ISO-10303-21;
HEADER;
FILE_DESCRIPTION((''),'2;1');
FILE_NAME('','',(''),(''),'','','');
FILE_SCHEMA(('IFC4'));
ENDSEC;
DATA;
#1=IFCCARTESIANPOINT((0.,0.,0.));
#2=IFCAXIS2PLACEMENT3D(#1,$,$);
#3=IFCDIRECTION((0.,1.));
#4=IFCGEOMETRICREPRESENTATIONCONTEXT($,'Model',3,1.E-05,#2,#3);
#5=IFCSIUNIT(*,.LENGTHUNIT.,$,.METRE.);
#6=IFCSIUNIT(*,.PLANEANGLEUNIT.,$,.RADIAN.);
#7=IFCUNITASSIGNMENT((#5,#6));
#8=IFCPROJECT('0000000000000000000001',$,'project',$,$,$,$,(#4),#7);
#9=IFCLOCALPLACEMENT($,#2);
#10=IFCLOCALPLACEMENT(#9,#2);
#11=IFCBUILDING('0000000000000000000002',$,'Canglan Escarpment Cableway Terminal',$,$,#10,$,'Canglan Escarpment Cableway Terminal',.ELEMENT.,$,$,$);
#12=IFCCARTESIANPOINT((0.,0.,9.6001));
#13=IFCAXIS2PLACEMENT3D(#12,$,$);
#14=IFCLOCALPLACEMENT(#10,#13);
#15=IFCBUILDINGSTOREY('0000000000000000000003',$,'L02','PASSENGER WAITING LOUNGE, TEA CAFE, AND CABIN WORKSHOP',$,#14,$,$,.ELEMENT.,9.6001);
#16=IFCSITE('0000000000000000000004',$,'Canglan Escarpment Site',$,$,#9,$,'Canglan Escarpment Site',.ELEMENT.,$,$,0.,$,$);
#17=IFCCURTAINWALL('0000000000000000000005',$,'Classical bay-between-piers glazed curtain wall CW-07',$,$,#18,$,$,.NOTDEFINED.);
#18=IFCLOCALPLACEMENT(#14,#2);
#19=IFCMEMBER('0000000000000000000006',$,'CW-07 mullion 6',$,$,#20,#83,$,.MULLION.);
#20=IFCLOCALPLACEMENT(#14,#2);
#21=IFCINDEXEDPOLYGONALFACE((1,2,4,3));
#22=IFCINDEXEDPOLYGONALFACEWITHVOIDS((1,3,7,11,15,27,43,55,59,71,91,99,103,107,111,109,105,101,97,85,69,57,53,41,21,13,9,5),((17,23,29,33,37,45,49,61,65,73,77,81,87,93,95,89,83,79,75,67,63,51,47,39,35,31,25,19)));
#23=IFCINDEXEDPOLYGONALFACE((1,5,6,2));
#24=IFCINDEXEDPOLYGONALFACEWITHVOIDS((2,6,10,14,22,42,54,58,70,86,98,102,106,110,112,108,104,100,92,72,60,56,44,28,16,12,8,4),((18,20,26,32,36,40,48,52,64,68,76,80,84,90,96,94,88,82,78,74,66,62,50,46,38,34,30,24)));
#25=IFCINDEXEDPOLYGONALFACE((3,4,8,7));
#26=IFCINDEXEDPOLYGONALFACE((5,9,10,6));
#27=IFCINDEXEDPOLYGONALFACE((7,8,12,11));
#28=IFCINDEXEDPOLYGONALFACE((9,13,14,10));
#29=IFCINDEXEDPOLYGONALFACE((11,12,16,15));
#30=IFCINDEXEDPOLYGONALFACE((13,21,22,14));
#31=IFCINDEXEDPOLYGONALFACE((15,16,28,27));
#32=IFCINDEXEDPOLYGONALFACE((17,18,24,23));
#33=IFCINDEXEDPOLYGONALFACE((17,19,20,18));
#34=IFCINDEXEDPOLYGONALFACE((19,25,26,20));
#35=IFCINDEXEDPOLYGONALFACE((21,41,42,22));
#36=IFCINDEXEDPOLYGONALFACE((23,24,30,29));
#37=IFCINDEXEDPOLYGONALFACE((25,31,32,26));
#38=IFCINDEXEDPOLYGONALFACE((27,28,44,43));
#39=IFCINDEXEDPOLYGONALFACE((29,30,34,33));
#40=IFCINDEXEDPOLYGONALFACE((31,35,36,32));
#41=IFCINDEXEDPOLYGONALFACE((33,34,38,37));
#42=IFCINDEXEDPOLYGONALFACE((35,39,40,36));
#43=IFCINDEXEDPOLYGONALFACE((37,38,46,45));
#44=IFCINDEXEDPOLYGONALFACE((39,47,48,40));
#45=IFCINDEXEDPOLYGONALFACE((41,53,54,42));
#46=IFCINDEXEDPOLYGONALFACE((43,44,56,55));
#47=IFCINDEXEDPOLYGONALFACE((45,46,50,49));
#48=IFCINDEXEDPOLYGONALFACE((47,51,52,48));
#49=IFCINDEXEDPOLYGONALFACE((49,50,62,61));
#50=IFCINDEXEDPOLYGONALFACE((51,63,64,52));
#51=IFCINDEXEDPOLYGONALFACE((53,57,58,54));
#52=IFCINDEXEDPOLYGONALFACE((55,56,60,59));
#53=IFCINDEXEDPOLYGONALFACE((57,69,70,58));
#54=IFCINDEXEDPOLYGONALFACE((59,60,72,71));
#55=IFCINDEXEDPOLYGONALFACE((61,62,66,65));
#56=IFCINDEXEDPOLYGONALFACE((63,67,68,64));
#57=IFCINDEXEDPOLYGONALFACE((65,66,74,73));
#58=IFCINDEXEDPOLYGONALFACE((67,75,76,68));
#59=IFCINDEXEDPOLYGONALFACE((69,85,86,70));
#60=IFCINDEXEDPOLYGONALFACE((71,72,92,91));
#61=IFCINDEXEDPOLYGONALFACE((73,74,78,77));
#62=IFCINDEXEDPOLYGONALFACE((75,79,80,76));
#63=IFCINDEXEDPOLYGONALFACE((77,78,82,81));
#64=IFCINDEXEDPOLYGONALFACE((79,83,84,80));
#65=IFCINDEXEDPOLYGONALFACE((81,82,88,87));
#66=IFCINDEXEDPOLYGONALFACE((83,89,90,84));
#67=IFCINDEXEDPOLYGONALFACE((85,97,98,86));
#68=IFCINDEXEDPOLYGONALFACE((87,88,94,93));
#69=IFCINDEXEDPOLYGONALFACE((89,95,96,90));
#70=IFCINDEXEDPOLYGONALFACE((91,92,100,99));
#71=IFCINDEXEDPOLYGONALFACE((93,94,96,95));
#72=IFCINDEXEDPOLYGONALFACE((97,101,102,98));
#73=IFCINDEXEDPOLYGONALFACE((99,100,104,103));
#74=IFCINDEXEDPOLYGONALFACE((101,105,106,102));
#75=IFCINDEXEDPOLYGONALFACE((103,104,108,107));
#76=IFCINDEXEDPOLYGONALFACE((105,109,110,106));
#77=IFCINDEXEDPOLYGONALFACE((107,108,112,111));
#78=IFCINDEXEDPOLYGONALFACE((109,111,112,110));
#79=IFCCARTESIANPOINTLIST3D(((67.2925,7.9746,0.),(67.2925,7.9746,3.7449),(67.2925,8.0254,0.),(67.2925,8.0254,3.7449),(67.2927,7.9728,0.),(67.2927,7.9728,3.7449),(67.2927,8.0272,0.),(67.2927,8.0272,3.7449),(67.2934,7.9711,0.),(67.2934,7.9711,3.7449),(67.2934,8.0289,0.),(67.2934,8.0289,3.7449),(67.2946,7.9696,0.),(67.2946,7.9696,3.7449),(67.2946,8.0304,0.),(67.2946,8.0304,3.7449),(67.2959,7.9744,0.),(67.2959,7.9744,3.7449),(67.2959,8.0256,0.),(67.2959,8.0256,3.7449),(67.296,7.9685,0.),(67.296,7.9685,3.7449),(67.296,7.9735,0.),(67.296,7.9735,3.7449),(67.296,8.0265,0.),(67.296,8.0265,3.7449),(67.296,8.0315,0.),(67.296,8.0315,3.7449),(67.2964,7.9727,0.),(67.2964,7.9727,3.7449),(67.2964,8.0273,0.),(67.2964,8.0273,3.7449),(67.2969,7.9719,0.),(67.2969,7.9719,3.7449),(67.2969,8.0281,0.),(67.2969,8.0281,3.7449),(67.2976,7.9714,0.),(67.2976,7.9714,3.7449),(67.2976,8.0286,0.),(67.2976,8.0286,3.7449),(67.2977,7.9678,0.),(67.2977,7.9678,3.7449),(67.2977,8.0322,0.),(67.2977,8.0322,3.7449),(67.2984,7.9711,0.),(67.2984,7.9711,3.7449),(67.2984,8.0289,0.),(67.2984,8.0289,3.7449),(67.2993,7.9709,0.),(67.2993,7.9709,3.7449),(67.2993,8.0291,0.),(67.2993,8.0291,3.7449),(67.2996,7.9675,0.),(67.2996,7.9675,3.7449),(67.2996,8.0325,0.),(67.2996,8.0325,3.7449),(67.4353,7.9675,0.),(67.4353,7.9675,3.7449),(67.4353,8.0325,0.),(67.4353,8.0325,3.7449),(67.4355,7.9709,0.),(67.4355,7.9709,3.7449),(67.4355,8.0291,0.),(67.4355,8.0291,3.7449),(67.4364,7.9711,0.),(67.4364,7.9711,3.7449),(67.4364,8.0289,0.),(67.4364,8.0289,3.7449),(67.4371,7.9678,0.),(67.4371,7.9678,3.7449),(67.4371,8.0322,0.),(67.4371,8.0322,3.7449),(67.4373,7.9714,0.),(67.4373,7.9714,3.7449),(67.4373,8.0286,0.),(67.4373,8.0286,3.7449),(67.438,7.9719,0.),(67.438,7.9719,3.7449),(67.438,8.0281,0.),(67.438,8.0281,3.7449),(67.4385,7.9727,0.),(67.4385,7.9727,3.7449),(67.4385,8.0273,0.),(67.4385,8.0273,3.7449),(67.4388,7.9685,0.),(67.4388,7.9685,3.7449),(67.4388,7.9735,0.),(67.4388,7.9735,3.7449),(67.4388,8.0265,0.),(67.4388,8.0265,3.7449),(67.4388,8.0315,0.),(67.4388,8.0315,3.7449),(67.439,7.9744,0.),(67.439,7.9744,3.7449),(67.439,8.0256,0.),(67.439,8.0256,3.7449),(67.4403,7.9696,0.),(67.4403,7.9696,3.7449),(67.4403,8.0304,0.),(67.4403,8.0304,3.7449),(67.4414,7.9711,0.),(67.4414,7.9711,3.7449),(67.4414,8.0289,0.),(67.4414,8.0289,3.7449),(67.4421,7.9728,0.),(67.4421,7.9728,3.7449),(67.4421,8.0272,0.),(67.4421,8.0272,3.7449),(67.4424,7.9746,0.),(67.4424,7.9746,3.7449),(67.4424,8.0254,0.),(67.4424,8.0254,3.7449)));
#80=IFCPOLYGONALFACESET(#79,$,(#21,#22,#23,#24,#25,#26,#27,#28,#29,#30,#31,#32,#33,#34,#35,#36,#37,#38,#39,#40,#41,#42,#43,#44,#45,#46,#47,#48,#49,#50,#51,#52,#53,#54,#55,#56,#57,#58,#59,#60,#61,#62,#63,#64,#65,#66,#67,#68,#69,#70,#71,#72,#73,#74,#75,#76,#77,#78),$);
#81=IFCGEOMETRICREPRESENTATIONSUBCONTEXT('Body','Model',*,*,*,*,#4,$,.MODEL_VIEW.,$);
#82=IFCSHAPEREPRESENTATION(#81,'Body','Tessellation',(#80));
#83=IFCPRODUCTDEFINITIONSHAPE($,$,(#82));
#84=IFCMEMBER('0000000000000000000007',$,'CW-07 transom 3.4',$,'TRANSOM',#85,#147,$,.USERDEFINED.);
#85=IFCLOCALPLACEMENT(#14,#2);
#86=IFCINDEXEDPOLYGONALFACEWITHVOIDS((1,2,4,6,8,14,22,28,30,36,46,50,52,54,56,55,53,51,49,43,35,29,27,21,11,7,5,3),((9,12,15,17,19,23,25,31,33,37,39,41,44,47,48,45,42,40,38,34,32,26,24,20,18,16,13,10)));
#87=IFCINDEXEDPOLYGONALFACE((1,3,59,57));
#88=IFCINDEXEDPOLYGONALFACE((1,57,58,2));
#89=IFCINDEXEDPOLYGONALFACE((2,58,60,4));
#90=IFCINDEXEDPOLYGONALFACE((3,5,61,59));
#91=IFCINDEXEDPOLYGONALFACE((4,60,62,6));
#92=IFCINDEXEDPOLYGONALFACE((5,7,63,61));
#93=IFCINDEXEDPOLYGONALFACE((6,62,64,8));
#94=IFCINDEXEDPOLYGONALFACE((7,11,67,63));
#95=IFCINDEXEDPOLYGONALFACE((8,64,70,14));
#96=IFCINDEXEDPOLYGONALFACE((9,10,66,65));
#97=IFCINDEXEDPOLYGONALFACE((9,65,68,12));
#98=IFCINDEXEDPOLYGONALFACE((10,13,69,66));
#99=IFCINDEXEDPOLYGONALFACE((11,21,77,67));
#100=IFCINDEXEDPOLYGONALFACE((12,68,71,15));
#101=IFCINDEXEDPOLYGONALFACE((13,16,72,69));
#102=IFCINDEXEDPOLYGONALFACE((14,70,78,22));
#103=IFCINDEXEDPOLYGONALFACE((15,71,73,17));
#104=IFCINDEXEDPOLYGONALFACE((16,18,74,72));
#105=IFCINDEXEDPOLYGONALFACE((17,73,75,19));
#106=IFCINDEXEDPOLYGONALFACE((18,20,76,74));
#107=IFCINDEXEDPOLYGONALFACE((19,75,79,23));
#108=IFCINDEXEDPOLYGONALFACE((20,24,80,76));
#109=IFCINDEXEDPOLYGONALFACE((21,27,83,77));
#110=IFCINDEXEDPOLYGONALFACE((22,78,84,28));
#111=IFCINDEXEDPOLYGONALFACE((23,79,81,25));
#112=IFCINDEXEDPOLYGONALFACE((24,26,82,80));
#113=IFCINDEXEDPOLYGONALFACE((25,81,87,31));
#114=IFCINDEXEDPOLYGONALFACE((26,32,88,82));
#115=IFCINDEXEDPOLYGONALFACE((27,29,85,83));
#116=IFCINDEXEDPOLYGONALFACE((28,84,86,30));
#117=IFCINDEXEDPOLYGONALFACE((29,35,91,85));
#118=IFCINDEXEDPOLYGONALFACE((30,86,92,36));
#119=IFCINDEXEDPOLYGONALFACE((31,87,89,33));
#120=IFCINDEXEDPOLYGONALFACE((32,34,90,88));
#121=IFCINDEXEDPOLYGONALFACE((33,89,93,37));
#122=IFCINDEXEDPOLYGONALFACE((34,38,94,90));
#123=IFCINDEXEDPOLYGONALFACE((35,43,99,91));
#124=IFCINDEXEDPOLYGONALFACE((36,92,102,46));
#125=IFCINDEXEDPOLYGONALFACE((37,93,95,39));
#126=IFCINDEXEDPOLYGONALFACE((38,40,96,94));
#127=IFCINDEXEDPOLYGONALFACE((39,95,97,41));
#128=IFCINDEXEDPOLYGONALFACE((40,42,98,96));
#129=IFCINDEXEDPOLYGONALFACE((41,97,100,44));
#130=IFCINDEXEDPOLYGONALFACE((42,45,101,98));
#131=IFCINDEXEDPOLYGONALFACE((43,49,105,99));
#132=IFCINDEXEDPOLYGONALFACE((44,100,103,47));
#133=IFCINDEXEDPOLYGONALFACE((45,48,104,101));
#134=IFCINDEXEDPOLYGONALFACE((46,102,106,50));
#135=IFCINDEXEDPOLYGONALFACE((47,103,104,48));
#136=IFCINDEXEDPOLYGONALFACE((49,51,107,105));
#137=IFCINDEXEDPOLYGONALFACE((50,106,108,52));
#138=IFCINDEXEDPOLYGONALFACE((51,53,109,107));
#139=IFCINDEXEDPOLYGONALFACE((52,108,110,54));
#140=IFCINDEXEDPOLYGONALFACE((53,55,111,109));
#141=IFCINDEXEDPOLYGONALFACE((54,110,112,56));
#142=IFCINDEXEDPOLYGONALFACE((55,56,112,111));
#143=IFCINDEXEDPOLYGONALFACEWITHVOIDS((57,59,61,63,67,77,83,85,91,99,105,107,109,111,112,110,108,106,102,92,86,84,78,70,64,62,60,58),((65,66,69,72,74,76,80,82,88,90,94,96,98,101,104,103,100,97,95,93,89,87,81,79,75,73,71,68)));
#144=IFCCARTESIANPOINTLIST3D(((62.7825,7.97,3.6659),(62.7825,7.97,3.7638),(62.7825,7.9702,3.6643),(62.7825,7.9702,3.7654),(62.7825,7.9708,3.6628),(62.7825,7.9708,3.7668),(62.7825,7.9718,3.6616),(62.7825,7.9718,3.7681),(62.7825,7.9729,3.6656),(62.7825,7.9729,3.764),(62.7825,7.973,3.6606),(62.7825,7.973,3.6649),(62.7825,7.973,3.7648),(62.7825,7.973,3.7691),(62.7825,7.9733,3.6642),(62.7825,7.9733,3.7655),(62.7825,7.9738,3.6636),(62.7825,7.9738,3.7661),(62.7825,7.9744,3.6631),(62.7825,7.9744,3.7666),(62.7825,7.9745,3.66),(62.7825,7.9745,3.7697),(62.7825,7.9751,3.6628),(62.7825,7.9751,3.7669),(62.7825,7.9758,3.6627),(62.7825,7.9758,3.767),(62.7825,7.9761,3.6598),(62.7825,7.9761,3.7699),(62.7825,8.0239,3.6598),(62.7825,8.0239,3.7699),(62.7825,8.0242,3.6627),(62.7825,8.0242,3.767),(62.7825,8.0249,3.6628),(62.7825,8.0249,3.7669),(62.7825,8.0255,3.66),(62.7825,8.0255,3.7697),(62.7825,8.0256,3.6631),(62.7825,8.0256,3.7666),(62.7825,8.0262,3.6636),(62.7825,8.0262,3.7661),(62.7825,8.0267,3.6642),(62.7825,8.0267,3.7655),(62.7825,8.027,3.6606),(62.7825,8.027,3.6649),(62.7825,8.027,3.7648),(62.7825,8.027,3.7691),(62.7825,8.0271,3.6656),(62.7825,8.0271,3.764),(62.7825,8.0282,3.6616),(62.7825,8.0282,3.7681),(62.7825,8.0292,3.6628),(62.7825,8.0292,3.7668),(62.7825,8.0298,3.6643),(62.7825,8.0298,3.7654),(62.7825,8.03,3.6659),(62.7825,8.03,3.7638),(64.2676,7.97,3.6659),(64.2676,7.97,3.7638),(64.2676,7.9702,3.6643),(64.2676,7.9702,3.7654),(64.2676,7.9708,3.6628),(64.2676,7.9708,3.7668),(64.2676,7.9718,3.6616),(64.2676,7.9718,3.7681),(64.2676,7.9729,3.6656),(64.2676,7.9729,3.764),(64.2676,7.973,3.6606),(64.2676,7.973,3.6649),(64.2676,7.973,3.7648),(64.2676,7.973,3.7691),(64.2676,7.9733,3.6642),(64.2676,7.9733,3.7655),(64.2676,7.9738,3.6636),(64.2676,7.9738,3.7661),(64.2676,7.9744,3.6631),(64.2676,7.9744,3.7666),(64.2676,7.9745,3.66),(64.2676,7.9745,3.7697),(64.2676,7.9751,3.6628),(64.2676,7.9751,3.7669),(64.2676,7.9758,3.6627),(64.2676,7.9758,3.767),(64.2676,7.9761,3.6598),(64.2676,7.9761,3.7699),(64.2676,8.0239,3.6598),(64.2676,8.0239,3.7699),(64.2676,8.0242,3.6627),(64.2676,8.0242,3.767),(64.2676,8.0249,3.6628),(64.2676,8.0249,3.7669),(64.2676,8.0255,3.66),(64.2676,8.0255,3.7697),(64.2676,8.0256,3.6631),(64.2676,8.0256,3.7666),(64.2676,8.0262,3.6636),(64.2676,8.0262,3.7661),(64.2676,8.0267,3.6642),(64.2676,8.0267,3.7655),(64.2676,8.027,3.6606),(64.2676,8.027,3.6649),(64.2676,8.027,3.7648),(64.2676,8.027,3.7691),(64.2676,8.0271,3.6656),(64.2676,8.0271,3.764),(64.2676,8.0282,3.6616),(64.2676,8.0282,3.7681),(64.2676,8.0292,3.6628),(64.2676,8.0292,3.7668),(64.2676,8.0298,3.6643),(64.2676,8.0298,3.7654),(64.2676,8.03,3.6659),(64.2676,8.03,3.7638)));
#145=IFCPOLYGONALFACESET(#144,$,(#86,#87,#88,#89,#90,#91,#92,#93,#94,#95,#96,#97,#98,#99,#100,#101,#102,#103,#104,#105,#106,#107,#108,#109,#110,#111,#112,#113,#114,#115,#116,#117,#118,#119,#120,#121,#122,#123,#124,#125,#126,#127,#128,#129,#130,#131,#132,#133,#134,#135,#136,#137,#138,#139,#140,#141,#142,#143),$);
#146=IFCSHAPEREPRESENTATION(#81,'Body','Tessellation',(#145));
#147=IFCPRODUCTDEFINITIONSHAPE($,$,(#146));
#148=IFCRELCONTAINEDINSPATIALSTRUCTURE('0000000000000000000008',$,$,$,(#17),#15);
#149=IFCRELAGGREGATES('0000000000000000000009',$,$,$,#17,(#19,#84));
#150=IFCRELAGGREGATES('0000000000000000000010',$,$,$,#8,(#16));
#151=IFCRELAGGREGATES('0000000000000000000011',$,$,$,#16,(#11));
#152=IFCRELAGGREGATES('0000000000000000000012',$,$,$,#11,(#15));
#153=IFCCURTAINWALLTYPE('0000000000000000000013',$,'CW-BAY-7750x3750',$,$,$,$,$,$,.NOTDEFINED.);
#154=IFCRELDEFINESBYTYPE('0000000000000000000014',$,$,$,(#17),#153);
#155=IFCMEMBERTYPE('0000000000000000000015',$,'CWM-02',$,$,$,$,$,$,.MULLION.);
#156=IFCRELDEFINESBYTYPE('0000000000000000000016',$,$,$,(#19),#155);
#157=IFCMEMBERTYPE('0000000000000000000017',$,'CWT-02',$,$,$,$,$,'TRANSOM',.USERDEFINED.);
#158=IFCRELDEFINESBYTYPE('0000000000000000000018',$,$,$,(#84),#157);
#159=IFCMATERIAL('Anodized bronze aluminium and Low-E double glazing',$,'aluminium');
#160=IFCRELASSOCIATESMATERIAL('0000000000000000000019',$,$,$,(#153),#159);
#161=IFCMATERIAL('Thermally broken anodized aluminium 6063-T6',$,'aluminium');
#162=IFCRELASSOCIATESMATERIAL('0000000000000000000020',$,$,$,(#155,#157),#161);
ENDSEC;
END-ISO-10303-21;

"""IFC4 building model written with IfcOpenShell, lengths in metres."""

from ifc_helpers import new_model, si_unit, direction, frame, origin, origin_2d, place, context, subcontext, project, spatial, hollow_rectangle, extrude, material, material_profile, profile_set, type_object, element, aggregate, save


model = new_model("IFC4")

# Units and contexts
model_context = context("Model", 3, precision=1e-05, world=origin(), true_north=direction((0.0, 1.0)))
body_context = subcontext(model_context, "Body", "Model", "MODEL_VIEW")
ifc_project = project(units=[si_unit("LENGTHUNIT", "METRE"), si_unit("PLANEANGLEUNIT", "RADIAN")], contexts=[model_context])

# Site, building, storey
site_placement = place(None, origin())
site = spatial("IfcSite", under=ifc_project, at=site_placement, Name="Canglan Escarpment Site", LongName="Canglan Escarpment Site", CompositionType="ELEMENT", RefElevation=0.0)
building_placement = place(site_placement, origin())
building = spatial("IfcBuilding", under=site, at=building_placement, Name="Canglan Escarpment Cableway Terminal", LongName="Canglan Escarpment Cableway Terminal", CompositionType="ELEMENT")
storey_placement = place(building_placement, frame((0.0, 0.0, 9.6001)))
storey = spatial("IfcBuildingStorey", under=building, at=storey_placement, Name="L02", Description="PASSENGER WAITING LOUNGE, TEA CAFE, AND CABIN WORKSHOP", CompositionType="ELEMENT", Elevation=9.6001)

# Curtain wall, members
ifc_material_1 = material(Name="Anodized bronze aluminium and Low-E double glazing", Category="aluminium")
curtain_wall_type = type_object("IfcCurtainWallType", Name="CW-BAY-7750x3750", PredefinedType="NOTDEFINED", material=ifc_material_1)
curtain_wall_placement = place(storey_placement, origin())
curtain_wall = element("IfcCurtainWall", 1, at=curtain_wall_placement, inside=storey, type_object=curtain_wall_type, Name="Classical bay-between-piers glazed curtain wall CW-07", PredefinedType="NOTDEFINED")
ifc_material_2 = material(Name="Thermally broken anodized aluminium 6063-T6", Category="aluminium")
ifc_material_profile_1 = material_profile(ifc_material_2, hollow_rectangle(XDim=0.0649, YDim=0.1499, WallThickness=0.0034, InnerFilletRadius=0.0034, OuterFilletRadius=0.0071, at=origin_2d()), Name="ALU-MULL 65x150x3.5")
ifc_profile_set_1 = profile_set([ifc_material_profile_1], Name="Thermally broken anodized aluminium 6063-T6")
member_type_1 = type_object("IfcMemberType", Name="CWM-02", PredefinedType="MULLION", material=ifc_profile_set_1)
member_1_placement = place(storey_placement, frame((67.3674, 8.0, 0.0), z_axis=(0.0, 0.0, 1.0), x_axis=(0.0, 1.0, 0.0)))
member_1 = element("IfcMember", 2, at=member_1_placement, type_object=member_type_1, Name="CW-07 mullion 6", PredefinedType="MULLION", context=body_context, shape_type="SweptSolid", body=[
    extrude(hollow_rectangle(XDim=0.0649, YDim=0.1499, WallThickness=0.0034, InnerFilletRadius=0.0034, OuterFilletRadius=0.0071, at=origin_2d()), origin(), (0.0, 0.0, 1.0), 3.7449),
])
ifc_material_profile_2 = material_profile(ifc_material_2, hollow_rectangle(XDim=0.0601, YDim=0.1101, WallThickness=0.0029, InnerFilletRadius=0.0029, OuterFilletRadius=0.0061, at=origin_2d()), Name="ALU-TRAN 60x110x3")
ifc_profile_set_2 = profile_set([ifc_material_profile_2], Name="Thermally broken anodized aluminium 6063-T6")
member_type_2 = type_object("IfcMemberType", Name="CWT-02", ElementType="TRANSOM", PredefinedType="USERDEFINED", material=ifc_profile_set_2)
member_2_placement = place(storey_placement, frame((62.7825, 8.0, 3.7148), z_axis=(1.0, 0.0, 0.0), x_axis=(0.0, 1.0, 0.0)))
member_2 = element("IfcMember", 3, at=member_2_placement, type_object=member_type_2, Name="CW-07 transom 3.4", ObjectType="TRANSOM", PredefinedType="USERDEFINED", context=body_context, shape_type="SweptSolid", body=[
    extrude(hollow_rectangle(XDim=0.0601, YDim=0.1101, WallThickness=0.0029, InnerFilletRadius=0.0029, OuterFilletRadius=0.0061, at=origin_2d()), origin(), (0.0, 0.0, 1.0), 1.4851),
])

aggregate(curtain_wall, [member_1, member_2])

save(model, "model.ifc")
